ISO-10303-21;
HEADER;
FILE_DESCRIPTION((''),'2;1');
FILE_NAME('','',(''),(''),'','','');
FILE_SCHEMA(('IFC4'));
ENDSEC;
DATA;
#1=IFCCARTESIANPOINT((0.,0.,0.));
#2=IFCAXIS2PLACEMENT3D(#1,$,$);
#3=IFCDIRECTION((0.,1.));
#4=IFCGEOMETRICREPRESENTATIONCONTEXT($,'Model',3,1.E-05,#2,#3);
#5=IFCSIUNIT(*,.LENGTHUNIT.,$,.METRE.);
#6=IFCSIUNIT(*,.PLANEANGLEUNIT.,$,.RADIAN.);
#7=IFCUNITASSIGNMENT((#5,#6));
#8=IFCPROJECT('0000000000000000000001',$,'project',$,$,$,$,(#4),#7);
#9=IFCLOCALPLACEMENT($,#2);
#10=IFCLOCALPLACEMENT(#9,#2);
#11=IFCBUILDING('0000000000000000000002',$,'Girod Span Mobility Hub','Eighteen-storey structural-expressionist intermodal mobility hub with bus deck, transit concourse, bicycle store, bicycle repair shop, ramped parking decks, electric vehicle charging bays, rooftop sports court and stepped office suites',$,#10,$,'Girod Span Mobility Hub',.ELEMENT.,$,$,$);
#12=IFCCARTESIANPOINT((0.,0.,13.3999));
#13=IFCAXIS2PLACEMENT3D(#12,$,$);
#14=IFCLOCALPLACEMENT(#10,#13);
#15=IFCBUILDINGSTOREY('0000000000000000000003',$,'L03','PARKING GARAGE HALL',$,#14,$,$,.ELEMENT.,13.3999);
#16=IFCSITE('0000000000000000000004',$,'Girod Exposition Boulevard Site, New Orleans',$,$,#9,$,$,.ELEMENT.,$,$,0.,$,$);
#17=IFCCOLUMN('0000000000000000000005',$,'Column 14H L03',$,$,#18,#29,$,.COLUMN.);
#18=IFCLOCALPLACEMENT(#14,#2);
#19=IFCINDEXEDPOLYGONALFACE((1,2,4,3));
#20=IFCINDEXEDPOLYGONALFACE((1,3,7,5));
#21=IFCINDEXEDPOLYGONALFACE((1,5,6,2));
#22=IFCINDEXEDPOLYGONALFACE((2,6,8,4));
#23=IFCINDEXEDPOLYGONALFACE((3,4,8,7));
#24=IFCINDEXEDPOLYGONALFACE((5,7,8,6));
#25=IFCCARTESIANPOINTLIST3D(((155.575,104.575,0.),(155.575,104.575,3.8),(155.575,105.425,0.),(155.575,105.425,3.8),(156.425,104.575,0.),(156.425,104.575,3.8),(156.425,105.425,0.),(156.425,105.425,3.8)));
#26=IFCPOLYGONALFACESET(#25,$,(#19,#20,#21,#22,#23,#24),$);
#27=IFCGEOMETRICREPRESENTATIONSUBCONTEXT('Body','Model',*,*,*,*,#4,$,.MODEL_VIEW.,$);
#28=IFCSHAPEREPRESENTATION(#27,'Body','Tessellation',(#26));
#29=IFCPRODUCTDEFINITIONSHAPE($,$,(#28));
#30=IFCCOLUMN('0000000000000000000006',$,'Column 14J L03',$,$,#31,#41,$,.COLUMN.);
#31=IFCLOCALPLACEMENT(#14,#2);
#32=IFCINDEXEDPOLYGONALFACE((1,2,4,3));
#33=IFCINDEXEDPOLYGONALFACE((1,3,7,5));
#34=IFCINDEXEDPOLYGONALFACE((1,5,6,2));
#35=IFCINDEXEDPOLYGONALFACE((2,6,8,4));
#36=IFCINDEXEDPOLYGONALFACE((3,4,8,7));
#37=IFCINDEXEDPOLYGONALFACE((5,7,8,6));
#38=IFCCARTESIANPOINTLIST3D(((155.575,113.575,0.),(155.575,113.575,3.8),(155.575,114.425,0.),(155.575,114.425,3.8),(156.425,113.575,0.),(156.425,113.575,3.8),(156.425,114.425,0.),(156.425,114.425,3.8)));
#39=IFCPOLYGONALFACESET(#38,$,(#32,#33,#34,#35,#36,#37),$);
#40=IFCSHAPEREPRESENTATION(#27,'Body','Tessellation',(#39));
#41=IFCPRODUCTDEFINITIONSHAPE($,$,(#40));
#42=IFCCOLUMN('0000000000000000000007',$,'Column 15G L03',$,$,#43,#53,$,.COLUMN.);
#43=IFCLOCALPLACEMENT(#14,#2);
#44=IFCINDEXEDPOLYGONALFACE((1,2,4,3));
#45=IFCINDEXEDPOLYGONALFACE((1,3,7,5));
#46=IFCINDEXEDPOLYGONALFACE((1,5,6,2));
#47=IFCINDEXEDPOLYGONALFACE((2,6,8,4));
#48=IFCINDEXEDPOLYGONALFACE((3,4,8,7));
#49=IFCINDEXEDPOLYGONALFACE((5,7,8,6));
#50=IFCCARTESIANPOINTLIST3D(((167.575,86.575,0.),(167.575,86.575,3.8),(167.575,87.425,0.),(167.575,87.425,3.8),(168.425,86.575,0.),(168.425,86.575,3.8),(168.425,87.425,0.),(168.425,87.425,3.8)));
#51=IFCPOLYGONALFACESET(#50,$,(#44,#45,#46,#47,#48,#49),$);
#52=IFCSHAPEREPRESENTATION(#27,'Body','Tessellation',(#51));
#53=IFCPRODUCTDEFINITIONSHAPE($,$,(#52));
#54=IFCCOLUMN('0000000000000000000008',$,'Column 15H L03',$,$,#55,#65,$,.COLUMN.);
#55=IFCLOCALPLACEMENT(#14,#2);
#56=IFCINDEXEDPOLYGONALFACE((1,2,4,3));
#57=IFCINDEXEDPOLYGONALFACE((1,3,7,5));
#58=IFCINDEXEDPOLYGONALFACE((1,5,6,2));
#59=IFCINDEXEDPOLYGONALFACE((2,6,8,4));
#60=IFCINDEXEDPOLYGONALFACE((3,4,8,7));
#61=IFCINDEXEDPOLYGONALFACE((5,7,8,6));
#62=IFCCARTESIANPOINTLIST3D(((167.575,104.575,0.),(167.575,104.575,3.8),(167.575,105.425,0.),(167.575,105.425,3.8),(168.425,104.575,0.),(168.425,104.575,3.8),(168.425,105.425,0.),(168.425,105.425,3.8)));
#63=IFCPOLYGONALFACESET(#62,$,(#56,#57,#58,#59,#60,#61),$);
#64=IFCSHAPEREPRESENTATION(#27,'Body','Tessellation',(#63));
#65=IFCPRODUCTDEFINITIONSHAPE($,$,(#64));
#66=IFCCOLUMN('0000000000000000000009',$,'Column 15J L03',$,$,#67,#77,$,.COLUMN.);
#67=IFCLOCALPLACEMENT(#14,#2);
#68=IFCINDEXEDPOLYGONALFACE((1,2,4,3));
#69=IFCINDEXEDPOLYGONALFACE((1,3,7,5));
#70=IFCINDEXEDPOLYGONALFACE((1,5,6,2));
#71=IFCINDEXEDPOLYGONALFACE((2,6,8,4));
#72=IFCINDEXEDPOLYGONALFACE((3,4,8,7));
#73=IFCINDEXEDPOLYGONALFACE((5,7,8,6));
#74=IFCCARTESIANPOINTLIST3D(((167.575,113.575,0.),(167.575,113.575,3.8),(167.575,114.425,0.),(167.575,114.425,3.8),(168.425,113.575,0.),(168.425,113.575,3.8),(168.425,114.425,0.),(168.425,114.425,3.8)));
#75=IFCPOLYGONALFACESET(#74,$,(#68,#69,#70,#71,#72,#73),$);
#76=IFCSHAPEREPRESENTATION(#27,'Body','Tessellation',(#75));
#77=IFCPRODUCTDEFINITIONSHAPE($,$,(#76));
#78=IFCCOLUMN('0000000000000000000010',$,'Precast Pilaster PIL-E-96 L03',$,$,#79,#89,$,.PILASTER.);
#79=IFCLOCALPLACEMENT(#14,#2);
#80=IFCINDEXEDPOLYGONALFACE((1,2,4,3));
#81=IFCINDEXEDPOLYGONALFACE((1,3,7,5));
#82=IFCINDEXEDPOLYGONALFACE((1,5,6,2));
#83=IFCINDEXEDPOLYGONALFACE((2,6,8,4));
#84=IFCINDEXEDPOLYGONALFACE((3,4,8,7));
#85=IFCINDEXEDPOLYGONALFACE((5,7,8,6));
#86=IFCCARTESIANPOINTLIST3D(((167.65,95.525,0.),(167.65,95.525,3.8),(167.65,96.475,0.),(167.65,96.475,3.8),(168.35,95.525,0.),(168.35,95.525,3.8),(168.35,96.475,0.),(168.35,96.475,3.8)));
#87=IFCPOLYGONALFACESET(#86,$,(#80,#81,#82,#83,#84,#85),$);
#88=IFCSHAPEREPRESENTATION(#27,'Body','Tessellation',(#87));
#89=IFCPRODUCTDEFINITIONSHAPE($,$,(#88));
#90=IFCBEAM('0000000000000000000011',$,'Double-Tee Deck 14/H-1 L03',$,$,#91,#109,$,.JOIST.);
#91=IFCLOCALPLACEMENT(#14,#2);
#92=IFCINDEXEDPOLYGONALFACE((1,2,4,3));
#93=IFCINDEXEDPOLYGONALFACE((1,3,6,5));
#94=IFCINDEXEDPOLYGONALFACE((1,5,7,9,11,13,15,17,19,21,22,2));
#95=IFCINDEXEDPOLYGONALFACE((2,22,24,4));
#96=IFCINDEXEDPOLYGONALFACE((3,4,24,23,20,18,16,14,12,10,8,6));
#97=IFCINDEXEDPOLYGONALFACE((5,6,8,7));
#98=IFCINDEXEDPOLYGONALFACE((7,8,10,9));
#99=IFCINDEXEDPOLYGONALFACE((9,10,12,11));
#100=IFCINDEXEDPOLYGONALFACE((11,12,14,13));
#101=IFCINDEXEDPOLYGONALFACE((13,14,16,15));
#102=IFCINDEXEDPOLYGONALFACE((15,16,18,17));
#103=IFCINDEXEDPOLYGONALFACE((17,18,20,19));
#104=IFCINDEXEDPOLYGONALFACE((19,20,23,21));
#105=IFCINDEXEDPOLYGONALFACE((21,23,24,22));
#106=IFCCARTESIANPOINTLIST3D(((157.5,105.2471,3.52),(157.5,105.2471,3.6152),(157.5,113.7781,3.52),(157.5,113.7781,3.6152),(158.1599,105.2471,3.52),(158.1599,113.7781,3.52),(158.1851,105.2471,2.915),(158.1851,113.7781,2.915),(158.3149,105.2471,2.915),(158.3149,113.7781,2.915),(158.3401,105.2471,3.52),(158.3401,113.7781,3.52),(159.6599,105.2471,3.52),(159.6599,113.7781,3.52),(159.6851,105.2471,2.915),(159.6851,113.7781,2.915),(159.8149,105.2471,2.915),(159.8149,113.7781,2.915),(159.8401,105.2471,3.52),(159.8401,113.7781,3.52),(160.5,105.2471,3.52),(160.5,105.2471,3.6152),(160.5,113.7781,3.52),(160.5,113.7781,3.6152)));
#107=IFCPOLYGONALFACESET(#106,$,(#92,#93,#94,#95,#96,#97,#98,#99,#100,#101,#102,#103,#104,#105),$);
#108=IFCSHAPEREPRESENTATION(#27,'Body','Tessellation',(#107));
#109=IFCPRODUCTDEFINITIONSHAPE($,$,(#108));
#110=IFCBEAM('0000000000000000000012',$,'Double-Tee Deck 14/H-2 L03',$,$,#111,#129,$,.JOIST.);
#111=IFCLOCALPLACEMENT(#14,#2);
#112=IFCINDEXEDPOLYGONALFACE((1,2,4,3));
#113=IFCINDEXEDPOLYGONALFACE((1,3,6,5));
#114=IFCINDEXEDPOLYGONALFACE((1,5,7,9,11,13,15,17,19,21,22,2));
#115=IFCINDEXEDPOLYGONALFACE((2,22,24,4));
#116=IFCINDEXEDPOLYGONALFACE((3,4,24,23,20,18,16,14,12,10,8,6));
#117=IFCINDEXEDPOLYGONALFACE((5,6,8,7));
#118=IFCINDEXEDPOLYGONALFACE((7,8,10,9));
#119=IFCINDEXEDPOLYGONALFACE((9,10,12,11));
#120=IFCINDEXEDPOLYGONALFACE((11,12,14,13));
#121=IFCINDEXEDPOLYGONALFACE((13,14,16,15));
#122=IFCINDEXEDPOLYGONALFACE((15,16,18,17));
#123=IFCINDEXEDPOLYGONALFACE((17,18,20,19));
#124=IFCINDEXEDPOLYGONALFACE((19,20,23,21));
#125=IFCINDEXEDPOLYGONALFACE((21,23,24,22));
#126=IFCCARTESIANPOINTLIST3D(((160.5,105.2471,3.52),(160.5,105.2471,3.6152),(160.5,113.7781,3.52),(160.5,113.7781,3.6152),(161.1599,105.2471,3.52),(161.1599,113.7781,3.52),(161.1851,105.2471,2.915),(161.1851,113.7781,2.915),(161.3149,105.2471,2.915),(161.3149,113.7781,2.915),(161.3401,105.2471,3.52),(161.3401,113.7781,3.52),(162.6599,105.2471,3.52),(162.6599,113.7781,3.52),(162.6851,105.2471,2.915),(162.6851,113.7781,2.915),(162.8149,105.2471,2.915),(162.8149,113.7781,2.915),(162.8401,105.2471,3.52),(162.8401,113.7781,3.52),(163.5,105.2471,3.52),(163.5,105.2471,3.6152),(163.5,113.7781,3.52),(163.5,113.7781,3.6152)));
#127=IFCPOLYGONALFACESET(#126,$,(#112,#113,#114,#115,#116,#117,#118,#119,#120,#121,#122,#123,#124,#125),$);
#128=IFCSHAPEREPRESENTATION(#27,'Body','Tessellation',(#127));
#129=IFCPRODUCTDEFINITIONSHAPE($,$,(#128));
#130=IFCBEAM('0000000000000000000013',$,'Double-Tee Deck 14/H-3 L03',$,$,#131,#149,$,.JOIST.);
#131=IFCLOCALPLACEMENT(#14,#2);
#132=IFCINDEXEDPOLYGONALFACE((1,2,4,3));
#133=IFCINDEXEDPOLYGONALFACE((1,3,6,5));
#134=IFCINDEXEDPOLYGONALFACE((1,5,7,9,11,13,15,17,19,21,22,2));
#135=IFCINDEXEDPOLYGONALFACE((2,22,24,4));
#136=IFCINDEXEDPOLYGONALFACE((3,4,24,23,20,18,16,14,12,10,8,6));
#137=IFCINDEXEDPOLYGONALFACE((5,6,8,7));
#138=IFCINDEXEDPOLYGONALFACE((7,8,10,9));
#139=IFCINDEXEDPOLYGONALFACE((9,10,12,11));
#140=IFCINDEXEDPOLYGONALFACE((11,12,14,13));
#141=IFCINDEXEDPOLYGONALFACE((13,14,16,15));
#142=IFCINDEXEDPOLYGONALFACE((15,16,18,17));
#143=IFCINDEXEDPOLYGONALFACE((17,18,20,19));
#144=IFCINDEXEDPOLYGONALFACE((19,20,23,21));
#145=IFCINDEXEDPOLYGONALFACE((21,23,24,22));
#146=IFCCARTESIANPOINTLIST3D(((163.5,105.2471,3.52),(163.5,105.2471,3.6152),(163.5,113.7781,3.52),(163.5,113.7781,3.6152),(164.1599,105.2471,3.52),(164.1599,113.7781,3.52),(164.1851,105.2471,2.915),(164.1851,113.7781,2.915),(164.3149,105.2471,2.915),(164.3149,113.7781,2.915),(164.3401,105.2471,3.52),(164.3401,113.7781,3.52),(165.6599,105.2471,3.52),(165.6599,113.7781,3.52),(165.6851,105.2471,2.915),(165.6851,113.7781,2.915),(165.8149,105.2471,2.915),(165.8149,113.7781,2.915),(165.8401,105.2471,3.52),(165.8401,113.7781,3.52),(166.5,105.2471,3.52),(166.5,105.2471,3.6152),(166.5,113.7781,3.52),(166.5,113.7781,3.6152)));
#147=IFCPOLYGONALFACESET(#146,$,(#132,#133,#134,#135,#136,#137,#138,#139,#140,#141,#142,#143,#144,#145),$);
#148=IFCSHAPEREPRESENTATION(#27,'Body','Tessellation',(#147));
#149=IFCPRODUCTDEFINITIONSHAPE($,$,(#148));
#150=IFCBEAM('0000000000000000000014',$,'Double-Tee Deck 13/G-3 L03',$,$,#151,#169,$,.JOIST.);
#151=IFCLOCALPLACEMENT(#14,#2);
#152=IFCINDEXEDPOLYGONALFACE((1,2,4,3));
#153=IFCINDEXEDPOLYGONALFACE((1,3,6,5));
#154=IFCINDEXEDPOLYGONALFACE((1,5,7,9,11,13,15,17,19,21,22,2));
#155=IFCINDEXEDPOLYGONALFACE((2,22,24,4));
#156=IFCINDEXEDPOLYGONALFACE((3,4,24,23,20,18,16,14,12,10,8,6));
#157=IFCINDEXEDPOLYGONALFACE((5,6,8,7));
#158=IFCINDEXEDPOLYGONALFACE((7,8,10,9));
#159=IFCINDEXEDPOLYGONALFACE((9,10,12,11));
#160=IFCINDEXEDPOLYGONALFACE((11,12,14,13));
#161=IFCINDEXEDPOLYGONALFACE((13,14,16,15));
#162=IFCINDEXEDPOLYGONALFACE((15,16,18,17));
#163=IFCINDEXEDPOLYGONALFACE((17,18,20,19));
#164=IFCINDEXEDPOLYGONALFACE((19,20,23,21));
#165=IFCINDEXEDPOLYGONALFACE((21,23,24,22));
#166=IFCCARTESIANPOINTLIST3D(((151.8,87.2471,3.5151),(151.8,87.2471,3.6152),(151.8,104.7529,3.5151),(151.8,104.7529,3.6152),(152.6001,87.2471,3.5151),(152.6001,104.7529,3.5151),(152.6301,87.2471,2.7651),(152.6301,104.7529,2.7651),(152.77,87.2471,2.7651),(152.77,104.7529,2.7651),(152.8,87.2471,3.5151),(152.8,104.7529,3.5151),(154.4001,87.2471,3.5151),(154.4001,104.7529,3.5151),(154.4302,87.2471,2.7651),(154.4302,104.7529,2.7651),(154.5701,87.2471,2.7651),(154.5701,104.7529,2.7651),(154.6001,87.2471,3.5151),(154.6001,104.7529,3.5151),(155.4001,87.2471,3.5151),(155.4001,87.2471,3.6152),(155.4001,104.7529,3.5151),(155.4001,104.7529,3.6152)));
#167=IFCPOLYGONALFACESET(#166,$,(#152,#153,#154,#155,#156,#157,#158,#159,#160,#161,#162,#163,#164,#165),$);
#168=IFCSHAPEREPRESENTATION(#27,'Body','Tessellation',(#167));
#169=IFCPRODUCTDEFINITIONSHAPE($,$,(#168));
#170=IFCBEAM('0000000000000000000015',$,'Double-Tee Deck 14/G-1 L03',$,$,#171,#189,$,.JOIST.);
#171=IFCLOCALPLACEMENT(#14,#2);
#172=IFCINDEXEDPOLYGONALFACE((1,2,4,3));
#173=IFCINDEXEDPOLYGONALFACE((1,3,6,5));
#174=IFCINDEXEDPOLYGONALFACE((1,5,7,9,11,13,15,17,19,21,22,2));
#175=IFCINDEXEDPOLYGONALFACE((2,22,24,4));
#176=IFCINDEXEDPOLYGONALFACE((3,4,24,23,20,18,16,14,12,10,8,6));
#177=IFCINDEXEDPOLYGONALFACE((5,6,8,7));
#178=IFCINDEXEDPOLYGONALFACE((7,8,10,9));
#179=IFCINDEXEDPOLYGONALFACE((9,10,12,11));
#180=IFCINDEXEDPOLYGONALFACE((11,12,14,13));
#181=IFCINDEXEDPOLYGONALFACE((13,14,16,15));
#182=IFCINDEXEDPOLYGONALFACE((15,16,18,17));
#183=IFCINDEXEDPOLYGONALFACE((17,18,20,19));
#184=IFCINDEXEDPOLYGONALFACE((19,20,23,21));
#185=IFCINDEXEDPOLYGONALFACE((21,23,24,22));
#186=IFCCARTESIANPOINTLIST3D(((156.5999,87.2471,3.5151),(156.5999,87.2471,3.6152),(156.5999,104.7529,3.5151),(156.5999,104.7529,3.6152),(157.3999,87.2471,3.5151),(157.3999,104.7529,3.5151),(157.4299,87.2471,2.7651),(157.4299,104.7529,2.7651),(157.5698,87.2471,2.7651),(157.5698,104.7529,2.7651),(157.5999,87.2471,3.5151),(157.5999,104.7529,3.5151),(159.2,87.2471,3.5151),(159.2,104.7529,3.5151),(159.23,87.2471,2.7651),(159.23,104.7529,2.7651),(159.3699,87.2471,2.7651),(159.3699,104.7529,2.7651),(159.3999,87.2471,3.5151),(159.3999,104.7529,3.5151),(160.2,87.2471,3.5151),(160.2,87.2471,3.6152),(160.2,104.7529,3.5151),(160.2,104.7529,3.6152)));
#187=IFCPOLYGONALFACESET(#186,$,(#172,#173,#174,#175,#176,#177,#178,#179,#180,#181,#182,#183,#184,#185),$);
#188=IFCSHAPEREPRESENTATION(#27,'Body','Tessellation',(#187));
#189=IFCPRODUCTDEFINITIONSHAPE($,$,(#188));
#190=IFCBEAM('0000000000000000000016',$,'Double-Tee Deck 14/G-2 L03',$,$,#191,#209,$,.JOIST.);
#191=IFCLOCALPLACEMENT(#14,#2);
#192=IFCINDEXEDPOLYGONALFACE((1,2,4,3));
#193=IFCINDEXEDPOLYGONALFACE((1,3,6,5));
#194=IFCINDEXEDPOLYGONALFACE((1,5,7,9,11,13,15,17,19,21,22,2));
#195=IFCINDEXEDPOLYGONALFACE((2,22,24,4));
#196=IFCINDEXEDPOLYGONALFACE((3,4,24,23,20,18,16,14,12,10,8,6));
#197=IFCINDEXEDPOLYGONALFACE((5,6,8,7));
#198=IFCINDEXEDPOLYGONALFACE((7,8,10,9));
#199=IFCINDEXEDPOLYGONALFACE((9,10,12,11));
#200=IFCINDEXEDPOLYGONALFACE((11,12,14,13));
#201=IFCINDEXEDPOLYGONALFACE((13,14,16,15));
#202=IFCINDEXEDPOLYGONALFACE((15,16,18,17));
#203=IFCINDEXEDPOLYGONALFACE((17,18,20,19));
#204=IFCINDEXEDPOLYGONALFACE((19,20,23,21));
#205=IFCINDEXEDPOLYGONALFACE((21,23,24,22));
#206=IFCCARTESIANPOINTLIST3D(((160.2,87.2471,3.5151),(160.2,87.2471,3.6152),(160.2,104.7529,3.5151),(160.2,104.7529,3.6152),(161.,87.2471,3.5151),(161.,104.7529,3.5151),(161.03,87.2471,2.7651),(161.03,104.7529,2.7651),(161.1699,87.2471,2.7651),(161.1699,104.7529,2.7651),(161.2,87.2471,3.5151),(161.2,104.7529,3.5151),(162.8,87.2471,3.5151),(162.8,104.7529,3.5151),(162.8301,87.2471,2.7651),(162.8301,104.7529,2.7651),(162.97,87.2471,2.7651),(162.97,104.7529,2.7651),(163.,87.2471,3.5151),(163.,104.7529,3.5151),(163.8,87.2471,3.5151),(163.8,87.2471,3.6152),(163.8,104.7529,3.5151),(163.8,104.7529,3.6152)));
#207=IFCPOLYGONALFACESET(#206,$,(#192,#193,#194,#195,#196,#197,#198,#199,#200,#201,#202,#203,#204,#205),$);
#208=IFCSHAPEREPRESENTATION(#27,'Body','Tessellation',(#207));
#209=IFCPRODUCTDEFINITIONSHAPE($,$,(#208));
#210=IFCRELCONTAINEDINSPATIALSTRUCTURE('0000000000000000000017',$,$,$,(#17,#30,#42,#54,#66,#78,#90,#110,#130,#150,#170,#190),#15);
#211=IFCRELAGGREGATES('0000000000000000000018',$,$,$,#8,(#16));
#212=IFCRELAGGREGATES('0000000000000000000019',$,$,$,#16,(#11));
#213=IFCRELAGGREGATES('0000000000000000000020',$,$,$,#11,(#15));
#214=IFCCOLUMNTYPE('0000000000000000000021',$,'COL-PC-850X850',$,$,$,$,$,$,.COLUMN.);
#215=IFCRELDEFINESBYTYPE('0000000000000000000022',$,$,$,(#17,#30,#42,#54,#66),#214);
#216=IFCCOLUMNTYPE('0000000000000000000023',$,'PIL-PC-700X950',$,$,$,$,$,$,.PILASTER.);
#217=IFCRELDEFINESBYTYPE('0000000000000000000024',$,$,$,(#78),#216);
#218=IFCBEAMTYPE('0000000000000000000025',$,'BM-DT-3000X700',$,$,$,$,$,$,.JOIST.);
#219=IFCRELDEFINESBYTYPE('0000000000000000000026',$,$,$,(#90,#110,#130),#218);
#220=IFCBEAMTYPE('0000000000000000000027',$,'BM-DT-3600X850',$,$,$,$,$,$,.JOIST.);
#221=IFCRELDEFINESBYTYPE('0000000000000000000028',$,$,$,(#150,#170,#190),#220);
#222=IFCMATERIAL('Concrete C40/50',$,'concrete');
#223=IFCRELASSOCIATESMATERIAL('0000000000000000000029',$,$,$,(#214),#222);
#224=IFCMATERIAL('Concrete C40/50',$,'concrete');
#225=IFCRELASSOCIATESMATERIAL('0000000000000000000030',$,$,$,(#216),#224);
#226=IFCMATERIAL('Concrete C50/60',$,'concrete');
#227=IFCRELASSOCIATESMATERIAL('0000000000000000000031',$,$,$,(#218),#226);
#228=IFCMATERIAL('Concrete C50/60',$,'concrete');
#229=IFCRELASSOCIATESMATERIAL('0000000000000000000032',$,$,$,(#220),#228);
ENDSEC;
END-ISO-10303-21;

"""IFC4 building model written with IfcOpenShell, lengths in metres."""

from ifc_helpers import new_model, si_unit, direction, frame, origin, origin_2d, place, context, subcontext, project, spatial, polyline, rectangle, outline, extrude, material, material_profile, profile_set, type_object, element, save


model = new_model("IFC4")

# Units and contexts
model_context = context("Model", 3, precision=1e-05, world=origin(), true_north=direction((0.0, 1.0)))
body_context = subcontext(model_context, "Body", "Model", "MODEL_VIEW")
ifc_project = project(units=[si_unit("LENGTHUNIT", "METRE"), si_unit("PLANEANGLEUNIT", "RADIAN")], contexts=[model_context])

# Site, building, storey
site_placement = place(None, origin())
site = spatial("IfcSite", under=ifc_project, at=site_placement, Name="Girod Exposition Boulevard Site, New Orleans", CompositionType="ELEMENT", RefElevation=0.0)
building_placement = place(site_placement, origin())
building = spatial("IfcBuilding", under=site, at=building_placement, Name="Girod Span Mobility Hub", Description="Eighteen-storey structural-expressionist intermodal mobility hub with bus deck, transit concourse, bicycle store, bicycle repair shop, ramped parking decks, electric vehicle charging bays, rooftop sports court and stepped office suites", LongName="Girod Span Mobility Hub", CompositionType="ELEMENT")
storey_placement = place(building_placement, frame((0.0, 0.0, 13.3999)))
storey = spatial("IfcBuildingStorey", under=building, at=storey_placement, Name="L03", Description="PARKING GARAGE HALL", CompositionType="ELEMENT", Elevation=13.3999)

# Columns
ifc_material_1 = material(Name="Concrete C40/50", Category="concrete")
ifc_material_profile_1 = material_profile(ifc_material_1, rectangle(XDim=0.8501, YDim=0.8501, at=origin_2d()), Name="PC-COL-850X850")
ifc_profile_set_1 = profile_set([ifc_material_profile_1], Name="Concrete C40/50")
column_type_1 = type_object("IfcColumnType", Name="COL-PC-850X850", PredefinedType="COLUMN", material=ifc_profile_set_1)
for number, where, z_axis, x_axis, name in (
    (1, (156.0, 105.0, 0.0), (0.0, 0.0, 1.0), (1.0, 0.0, 0.0), "Column 14H L03"),
    (2, (156.0, 114.0, 0.0), (0.0, 0.0, 1.0), (1.0, 0.0, 0.0), "Column 14J L03"),
    (3, (168.0, 87.0, 0.0), (0.0, 0.0, 1.0), (1.0, 0.0, 0.0), "Column 15G L03"),
    (4, (168.0, 105.0, 0.0), (0.0, 0.0, 1.0), (1.0, 0.0, 0.0), "Column 15H L03"),
    (5, (168.0, 114.0, 0.0), (0.0, 0.0, 1.0), (1.0, 0.0, 0.0), "Column 15J L03"),
):
    element("IfcColumn", number, at=place(storey_placement, frame(where, z_axis=z_axis, x_axis=x_axis)), inside=storey, type_object=column_type_1, Name=name, PredefinedType="COLUMN", context=body_context, shape_type="SweptSolid", body=[
        extrude(rectangle(XDim=0.8501, YDim=0.8501, at=origin_2d()), origin(), (0.0, 0.0, 1.0), 3.8),
    ])
ifc_material_2 = material(Name="Concrete C40/50", Category="concrete")
ifc_material_profile_2 = material_profile(ifc_material_2, rectangle(XDim=0.7, YDim=0.95, at=origin_2d()), Name="PC-PIL-700X950")
ifc_profile_set_2 = profile_set([ifc_material_profile_2], Name="Concrete C40/50")
column_type_2 = type_object("IfcColumnType", Name="PIL-PC-700X950", PredefinedType="PILASTER", material=ifc_profile_set_2)
column_placement = place(storey_placement, frame((168.0, 96.0, 0.0), z_axis=(0.0, 0.0, 1.0), x_axis=(1.0, 0.0, 0.0)))
element("IfcColumn", 6, at=column_placement, inside=storey, type_object=column_type_2, Name="Precast Pilaster PIL-E-96 L03", PredefinedType="PILASTER", context=body_context, shape_type="SweptSolid", body=[
    extrude(rectangle(XDim=0.7, YDim=0.95, at=origin_2d()), origin(), (0.0, 0.0, 1.0), 3.8),
])

# Beams
ifc_material_3 = material(Name="Concrete C50/60", Category="concrete")
ifc_material_profile_3 = material_profile(ifc_material_3, outline(polyline([(-1.5, 0.3501), (-1.5, 0.2549), (-0.8401, 0.2549), (-0.8149, -0.3501), (-0.6851, -0.3501), (-0.6599, 0.2549), (0.6599, 0.2549), (0.6851, -0.3501), (0.8149, -0.3501), (0.8401, 0.2549), (1.5, 0.2549), (1.5, 0.3501), (-1.5, 0.3501)])), Name="DT-3000X700")
ifc_profile_set_3 = profile_set([ifc_material_profile_3], Name="Concrete C50/60")
beam_type_1 = type_object("IfcBeamType", Name="BM-DT-3000X700", PredefinedType="JOIST", material=ifc_profile_set_3)
for number, where, z_axis, x_axis, name in (
    (7, (159.0, 105.2471, 3.2651), (0.0, 1.0, 0.0), (-1.0, 0.0, 0.0), "Double-Tee Deck 14/H-1 L03"),
    (8, (162.0, 105.2471, 3.2651), (0.0, 1.0, 0.0), (-1.0, 0.0, 0.0), "Double-Tee Deck 14/H-2 L03"),
    (9, (165.0, 105.2471, 3.2651), (0.0, 1.0, 0.0), (-1.0, 0.0, 0.0), "Double-Tee Deck 14/H-3 L03"),
):
    element("IfcBeam", number, at=place(storey_placement, frame(where, z_axis=z_axis, x_axis=x_axis)), inside=storey, type_object=beam_type_1, Name=name, PredefinedType="JOIST", context=body_context, shape_type="SweptSolid", body=[
        extrude(outline(polyline([(-1.5, 0.3501), (-1.5, 0.2549), (-0.8401, 0.2549), (-0.8149, -0.3501), (-0.6851, -0.3501), (-0.6599, 0.2549), (0.6599, 0.2549), (0.6851, -0.3501), (0.8149, -0.3501), (0.8401, 0.2549), (1.5, 0.2549), (1.5, 0.3501), (-1.5, 0.3501)])), origin(), (0.0, 0.0, 1.0), 8.531),
    ])
ifc_material_4 = material(Name="Concrete C50/60", Category="concrete")
ifc_material_profile_4 = material_profile(ifc_material_4, outline(polyline([(-1.8, 0.425), (-1.8, 0.325), (-1.0, 0.325), (-0.97, -0.425), (-0.8301, -0.425), (-0.8, 0.325), (0.8, 0.325), (0.8301, -0.425), (0.97, -0.425), (1.0, 0.325), (1.8, 0.325), (1.8, 0.425), (-1.8, 0.425)])), Name="DT-3600X850")
ifc_profile_set_4 = profile_set([ifc_material_profile_4], Name="Concrete C50/60")
beam_type_2 = type_object("IfcBeamType", Name="BM-DT-3600X850", PredefinedType="JOIST", material=ifc_profile_set_4)
for number, where, z_axis, x_axis, name in (
    (10, (153.6001, 87.2471, 3.1902), (0.0, 1.0, 0.0), (-1.0, 0.0, 0.0), "Double-Tee Deck 13/G-3 L03"),
    (11, (158.3999, 87.2471, 3.1902), (0.0, 1.0, 0.0), (-1.0, 0.0, 0.0), "Double-Tee Deck 14/G-1 L03"),
    (12, (162.0, 87.2471, 3.1902), (0.0, 1.0, 0.0), (-1.0, 0.0, 0.0), "Double-Tee Deck 14/G-2 L03"),
):
    element("IfcBeam", number, at=place(storey_placement, frame(where, z_axis=z_axis, x_axis=x_axis)), inside=storey, type_object=beam_type_2, Name=name, PredefinedType="JOIST", context=body_context, shape_type="SweptSolid", body=[
        extrude(outline(polyline([(-1.8, 0.425), (-1.8, 0.325), (-1.0, 0.325), (-0.97, -0.425), (-0.8301, -0.425), (-0.8, 0.325), (0.8, 0.325), (0.8301, -0.425), (0.97, -0.425), (1.0, 0.325), (1.8, 0.325), (1.8, 0.425), (-1.8, 0.425)])), origin(), (0.0, 0.0, 1.0), 17.5059),
    ])

save(model, "model.ifc")
